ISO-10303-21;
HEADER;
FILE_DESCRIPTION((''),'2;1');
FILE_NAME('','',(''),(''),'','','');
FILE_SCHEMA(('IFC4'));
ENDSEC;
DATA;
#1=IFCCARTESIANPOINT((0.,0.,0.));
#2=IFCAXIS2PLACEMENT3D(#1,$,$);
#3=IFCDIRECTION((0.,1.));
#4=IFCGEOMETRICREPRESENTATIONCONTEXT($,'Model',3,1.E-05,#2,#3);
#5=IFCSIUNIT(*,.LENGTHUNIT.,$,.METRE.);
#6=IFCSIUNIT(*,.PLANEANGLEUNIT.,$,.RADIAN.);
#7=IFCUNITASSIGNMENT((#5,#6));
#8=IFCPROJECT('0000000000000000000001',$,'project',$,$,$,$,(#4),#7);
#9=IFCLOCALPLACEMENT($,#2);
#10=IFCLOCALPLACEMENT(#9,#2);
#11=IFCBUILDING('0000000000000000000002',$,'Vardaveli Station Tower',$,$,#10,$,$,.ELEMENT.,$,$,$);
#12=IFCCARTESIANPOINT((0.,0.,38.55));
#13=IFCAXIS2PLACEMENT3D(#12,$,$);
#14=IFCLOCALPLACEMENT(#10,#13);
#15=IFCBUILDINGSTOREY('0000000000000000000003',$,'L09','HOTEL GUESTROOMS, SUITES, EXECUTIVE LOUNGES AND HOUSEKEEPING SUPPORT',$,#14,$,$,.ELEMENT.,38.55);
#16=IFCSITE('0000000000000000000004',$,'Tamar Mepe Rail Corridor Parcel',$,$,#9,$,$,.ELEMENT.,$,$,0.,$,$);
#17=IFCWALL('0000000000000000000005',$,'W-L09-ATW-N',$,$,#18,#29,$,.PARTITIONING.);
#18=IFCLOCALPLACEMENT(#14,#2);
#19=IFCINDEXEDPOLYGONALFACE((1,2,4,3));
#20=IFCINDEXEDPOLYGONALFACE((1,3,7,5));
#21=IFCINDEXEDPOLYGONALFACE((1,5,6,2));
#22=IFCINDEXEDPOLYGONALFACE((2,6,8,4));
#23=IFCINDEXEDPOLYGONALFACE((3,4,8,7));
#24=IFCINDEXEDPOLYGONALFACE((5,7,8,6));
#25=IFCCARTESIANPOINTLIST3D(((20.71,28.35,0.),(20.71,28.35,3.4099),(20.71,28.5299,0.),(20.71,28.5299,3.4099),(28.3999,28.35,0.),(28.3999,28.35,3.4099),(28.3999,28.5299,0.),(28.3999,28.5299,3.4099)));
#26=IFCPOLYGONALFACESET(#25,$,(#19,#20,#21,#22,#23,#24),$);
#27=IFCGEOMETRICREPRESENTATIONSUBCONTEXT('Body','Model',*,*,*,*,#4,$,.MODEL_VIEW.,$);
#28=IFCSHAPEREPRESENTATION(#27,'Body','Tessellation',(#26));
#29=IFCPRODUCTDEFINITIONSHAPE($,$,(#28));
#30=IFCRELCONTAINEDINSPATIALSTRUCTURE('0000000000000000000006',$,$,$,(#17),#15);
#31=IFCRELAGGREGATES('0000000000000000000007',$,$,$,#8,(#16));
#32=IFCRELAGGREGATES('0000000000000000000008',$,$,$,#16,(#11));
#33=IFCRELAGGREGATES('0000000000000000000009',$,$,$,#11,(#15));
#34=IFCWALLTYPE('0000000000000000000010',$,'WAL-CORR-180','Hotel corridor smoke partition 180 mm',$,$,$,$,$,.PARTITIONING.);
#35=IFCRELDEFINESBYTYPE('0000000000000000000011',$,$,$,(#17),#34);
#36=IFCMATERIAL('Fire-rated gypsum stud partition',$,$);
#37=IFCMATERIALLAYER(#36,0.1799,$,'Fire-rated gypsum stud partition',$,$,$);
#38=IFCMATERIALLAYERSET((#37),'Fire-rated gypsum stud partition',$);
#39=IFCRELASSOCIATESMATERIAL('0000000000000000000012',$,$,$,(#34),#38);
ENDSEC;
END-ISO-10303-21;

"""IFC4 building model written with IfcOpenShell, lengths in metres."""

from ifc_helpers import new_model, si_unit, direction, frame, frame_2d, origin, place, context, subcontext, project, spatial, rectangle, extrude, source, transform, mapped, material, layer, layer_set, type_object, element, save


model = new_model("IFC4")

# Units and contexts
model_context = context("Model", 3, precision=1e-05, world=origin(), true_north=direction((0.0, 1.0)))
body_context = subcontext(model_context, "Body", "Model", "MODEL_VIEW")
ifc_project = project(units=[si_unit("LENGTHUNIT", "METRE"), si_unit("PLANEANGLEUNIT", "RADIAN")], contexts=[model_context])

# Site, building, storey
site_placement = place(None, origin())
site = spatial("IfcSite", under=ifc_project, at=site_placement, Name="Tamar Mepe Rail Corridor Parcel", CompositionType="ELEMENT", RefElevation=0.0)
building_placement = place(site_placement, origin())
building = spatial("IfcBuilding", under=site, at=building_placement, Name="Vardaveli Station Tower", CompositionType="ELEMENT")
storey_placement = place(building_placement, frame((0.0, 0.0, 38.55)))
storey = spatial("IfcBuildingStorey", under=building, at=storey_placement, Name="L09", Description="HOTEL GUESTROOMS, SUITES, EXECUTIVE LOUNGES AND HOUSEKEEPING SUPPORT", CompositionType="ELEMENT", Elevation=38.55)

# Wall
ifc_material_1 = material(Name="Fire-rated gypsum stud partition")
ifc_layer_1 = layer(ifc_material_1, 0.1799, Name="Fire-rated gypsum stud partition")
ifc_layer_set_1 = layer_set([ifc_layer_1], Name="Fire-rated gypsum stud partition")
wall_type_1 = type_object("IfcWallType", Name="WAL-CORR-180", Description="Hotel corridor smoke partition 180 mm", PredefinedType="PARTITIONING", material=ifc_layer_set_1)
shared_shape_1 = source(origin(), body_context, "Body", "SweptSolid", [
    extrude(rectangle(XDim=7.6899, YDim=0.1799, at=frame_2d((3.845, 0.0))), origin(), (0.0, 0.0, 1.0), 3.4099),
])
wall_1_placement = place(storey_placement, frame((20.71, 28.4399, 0.0), z_axis=(0.0, 0.0, 1.0), x_axis=(1.0, 0.0, 0.0)))
element("IfcWall", 1, at=wall_1_placement, inside=storey, type_object=wall_type_1, Name="W-L09-ATW-N", PredefinedType="PARTITIONING", context=body_context, shape_type="MappedRepresentation", body=[
    mapped(shared_shape_1, transform((0.0, 0.0, 0.0), scale=1.0)),
])

save(model, "model.ifc")
